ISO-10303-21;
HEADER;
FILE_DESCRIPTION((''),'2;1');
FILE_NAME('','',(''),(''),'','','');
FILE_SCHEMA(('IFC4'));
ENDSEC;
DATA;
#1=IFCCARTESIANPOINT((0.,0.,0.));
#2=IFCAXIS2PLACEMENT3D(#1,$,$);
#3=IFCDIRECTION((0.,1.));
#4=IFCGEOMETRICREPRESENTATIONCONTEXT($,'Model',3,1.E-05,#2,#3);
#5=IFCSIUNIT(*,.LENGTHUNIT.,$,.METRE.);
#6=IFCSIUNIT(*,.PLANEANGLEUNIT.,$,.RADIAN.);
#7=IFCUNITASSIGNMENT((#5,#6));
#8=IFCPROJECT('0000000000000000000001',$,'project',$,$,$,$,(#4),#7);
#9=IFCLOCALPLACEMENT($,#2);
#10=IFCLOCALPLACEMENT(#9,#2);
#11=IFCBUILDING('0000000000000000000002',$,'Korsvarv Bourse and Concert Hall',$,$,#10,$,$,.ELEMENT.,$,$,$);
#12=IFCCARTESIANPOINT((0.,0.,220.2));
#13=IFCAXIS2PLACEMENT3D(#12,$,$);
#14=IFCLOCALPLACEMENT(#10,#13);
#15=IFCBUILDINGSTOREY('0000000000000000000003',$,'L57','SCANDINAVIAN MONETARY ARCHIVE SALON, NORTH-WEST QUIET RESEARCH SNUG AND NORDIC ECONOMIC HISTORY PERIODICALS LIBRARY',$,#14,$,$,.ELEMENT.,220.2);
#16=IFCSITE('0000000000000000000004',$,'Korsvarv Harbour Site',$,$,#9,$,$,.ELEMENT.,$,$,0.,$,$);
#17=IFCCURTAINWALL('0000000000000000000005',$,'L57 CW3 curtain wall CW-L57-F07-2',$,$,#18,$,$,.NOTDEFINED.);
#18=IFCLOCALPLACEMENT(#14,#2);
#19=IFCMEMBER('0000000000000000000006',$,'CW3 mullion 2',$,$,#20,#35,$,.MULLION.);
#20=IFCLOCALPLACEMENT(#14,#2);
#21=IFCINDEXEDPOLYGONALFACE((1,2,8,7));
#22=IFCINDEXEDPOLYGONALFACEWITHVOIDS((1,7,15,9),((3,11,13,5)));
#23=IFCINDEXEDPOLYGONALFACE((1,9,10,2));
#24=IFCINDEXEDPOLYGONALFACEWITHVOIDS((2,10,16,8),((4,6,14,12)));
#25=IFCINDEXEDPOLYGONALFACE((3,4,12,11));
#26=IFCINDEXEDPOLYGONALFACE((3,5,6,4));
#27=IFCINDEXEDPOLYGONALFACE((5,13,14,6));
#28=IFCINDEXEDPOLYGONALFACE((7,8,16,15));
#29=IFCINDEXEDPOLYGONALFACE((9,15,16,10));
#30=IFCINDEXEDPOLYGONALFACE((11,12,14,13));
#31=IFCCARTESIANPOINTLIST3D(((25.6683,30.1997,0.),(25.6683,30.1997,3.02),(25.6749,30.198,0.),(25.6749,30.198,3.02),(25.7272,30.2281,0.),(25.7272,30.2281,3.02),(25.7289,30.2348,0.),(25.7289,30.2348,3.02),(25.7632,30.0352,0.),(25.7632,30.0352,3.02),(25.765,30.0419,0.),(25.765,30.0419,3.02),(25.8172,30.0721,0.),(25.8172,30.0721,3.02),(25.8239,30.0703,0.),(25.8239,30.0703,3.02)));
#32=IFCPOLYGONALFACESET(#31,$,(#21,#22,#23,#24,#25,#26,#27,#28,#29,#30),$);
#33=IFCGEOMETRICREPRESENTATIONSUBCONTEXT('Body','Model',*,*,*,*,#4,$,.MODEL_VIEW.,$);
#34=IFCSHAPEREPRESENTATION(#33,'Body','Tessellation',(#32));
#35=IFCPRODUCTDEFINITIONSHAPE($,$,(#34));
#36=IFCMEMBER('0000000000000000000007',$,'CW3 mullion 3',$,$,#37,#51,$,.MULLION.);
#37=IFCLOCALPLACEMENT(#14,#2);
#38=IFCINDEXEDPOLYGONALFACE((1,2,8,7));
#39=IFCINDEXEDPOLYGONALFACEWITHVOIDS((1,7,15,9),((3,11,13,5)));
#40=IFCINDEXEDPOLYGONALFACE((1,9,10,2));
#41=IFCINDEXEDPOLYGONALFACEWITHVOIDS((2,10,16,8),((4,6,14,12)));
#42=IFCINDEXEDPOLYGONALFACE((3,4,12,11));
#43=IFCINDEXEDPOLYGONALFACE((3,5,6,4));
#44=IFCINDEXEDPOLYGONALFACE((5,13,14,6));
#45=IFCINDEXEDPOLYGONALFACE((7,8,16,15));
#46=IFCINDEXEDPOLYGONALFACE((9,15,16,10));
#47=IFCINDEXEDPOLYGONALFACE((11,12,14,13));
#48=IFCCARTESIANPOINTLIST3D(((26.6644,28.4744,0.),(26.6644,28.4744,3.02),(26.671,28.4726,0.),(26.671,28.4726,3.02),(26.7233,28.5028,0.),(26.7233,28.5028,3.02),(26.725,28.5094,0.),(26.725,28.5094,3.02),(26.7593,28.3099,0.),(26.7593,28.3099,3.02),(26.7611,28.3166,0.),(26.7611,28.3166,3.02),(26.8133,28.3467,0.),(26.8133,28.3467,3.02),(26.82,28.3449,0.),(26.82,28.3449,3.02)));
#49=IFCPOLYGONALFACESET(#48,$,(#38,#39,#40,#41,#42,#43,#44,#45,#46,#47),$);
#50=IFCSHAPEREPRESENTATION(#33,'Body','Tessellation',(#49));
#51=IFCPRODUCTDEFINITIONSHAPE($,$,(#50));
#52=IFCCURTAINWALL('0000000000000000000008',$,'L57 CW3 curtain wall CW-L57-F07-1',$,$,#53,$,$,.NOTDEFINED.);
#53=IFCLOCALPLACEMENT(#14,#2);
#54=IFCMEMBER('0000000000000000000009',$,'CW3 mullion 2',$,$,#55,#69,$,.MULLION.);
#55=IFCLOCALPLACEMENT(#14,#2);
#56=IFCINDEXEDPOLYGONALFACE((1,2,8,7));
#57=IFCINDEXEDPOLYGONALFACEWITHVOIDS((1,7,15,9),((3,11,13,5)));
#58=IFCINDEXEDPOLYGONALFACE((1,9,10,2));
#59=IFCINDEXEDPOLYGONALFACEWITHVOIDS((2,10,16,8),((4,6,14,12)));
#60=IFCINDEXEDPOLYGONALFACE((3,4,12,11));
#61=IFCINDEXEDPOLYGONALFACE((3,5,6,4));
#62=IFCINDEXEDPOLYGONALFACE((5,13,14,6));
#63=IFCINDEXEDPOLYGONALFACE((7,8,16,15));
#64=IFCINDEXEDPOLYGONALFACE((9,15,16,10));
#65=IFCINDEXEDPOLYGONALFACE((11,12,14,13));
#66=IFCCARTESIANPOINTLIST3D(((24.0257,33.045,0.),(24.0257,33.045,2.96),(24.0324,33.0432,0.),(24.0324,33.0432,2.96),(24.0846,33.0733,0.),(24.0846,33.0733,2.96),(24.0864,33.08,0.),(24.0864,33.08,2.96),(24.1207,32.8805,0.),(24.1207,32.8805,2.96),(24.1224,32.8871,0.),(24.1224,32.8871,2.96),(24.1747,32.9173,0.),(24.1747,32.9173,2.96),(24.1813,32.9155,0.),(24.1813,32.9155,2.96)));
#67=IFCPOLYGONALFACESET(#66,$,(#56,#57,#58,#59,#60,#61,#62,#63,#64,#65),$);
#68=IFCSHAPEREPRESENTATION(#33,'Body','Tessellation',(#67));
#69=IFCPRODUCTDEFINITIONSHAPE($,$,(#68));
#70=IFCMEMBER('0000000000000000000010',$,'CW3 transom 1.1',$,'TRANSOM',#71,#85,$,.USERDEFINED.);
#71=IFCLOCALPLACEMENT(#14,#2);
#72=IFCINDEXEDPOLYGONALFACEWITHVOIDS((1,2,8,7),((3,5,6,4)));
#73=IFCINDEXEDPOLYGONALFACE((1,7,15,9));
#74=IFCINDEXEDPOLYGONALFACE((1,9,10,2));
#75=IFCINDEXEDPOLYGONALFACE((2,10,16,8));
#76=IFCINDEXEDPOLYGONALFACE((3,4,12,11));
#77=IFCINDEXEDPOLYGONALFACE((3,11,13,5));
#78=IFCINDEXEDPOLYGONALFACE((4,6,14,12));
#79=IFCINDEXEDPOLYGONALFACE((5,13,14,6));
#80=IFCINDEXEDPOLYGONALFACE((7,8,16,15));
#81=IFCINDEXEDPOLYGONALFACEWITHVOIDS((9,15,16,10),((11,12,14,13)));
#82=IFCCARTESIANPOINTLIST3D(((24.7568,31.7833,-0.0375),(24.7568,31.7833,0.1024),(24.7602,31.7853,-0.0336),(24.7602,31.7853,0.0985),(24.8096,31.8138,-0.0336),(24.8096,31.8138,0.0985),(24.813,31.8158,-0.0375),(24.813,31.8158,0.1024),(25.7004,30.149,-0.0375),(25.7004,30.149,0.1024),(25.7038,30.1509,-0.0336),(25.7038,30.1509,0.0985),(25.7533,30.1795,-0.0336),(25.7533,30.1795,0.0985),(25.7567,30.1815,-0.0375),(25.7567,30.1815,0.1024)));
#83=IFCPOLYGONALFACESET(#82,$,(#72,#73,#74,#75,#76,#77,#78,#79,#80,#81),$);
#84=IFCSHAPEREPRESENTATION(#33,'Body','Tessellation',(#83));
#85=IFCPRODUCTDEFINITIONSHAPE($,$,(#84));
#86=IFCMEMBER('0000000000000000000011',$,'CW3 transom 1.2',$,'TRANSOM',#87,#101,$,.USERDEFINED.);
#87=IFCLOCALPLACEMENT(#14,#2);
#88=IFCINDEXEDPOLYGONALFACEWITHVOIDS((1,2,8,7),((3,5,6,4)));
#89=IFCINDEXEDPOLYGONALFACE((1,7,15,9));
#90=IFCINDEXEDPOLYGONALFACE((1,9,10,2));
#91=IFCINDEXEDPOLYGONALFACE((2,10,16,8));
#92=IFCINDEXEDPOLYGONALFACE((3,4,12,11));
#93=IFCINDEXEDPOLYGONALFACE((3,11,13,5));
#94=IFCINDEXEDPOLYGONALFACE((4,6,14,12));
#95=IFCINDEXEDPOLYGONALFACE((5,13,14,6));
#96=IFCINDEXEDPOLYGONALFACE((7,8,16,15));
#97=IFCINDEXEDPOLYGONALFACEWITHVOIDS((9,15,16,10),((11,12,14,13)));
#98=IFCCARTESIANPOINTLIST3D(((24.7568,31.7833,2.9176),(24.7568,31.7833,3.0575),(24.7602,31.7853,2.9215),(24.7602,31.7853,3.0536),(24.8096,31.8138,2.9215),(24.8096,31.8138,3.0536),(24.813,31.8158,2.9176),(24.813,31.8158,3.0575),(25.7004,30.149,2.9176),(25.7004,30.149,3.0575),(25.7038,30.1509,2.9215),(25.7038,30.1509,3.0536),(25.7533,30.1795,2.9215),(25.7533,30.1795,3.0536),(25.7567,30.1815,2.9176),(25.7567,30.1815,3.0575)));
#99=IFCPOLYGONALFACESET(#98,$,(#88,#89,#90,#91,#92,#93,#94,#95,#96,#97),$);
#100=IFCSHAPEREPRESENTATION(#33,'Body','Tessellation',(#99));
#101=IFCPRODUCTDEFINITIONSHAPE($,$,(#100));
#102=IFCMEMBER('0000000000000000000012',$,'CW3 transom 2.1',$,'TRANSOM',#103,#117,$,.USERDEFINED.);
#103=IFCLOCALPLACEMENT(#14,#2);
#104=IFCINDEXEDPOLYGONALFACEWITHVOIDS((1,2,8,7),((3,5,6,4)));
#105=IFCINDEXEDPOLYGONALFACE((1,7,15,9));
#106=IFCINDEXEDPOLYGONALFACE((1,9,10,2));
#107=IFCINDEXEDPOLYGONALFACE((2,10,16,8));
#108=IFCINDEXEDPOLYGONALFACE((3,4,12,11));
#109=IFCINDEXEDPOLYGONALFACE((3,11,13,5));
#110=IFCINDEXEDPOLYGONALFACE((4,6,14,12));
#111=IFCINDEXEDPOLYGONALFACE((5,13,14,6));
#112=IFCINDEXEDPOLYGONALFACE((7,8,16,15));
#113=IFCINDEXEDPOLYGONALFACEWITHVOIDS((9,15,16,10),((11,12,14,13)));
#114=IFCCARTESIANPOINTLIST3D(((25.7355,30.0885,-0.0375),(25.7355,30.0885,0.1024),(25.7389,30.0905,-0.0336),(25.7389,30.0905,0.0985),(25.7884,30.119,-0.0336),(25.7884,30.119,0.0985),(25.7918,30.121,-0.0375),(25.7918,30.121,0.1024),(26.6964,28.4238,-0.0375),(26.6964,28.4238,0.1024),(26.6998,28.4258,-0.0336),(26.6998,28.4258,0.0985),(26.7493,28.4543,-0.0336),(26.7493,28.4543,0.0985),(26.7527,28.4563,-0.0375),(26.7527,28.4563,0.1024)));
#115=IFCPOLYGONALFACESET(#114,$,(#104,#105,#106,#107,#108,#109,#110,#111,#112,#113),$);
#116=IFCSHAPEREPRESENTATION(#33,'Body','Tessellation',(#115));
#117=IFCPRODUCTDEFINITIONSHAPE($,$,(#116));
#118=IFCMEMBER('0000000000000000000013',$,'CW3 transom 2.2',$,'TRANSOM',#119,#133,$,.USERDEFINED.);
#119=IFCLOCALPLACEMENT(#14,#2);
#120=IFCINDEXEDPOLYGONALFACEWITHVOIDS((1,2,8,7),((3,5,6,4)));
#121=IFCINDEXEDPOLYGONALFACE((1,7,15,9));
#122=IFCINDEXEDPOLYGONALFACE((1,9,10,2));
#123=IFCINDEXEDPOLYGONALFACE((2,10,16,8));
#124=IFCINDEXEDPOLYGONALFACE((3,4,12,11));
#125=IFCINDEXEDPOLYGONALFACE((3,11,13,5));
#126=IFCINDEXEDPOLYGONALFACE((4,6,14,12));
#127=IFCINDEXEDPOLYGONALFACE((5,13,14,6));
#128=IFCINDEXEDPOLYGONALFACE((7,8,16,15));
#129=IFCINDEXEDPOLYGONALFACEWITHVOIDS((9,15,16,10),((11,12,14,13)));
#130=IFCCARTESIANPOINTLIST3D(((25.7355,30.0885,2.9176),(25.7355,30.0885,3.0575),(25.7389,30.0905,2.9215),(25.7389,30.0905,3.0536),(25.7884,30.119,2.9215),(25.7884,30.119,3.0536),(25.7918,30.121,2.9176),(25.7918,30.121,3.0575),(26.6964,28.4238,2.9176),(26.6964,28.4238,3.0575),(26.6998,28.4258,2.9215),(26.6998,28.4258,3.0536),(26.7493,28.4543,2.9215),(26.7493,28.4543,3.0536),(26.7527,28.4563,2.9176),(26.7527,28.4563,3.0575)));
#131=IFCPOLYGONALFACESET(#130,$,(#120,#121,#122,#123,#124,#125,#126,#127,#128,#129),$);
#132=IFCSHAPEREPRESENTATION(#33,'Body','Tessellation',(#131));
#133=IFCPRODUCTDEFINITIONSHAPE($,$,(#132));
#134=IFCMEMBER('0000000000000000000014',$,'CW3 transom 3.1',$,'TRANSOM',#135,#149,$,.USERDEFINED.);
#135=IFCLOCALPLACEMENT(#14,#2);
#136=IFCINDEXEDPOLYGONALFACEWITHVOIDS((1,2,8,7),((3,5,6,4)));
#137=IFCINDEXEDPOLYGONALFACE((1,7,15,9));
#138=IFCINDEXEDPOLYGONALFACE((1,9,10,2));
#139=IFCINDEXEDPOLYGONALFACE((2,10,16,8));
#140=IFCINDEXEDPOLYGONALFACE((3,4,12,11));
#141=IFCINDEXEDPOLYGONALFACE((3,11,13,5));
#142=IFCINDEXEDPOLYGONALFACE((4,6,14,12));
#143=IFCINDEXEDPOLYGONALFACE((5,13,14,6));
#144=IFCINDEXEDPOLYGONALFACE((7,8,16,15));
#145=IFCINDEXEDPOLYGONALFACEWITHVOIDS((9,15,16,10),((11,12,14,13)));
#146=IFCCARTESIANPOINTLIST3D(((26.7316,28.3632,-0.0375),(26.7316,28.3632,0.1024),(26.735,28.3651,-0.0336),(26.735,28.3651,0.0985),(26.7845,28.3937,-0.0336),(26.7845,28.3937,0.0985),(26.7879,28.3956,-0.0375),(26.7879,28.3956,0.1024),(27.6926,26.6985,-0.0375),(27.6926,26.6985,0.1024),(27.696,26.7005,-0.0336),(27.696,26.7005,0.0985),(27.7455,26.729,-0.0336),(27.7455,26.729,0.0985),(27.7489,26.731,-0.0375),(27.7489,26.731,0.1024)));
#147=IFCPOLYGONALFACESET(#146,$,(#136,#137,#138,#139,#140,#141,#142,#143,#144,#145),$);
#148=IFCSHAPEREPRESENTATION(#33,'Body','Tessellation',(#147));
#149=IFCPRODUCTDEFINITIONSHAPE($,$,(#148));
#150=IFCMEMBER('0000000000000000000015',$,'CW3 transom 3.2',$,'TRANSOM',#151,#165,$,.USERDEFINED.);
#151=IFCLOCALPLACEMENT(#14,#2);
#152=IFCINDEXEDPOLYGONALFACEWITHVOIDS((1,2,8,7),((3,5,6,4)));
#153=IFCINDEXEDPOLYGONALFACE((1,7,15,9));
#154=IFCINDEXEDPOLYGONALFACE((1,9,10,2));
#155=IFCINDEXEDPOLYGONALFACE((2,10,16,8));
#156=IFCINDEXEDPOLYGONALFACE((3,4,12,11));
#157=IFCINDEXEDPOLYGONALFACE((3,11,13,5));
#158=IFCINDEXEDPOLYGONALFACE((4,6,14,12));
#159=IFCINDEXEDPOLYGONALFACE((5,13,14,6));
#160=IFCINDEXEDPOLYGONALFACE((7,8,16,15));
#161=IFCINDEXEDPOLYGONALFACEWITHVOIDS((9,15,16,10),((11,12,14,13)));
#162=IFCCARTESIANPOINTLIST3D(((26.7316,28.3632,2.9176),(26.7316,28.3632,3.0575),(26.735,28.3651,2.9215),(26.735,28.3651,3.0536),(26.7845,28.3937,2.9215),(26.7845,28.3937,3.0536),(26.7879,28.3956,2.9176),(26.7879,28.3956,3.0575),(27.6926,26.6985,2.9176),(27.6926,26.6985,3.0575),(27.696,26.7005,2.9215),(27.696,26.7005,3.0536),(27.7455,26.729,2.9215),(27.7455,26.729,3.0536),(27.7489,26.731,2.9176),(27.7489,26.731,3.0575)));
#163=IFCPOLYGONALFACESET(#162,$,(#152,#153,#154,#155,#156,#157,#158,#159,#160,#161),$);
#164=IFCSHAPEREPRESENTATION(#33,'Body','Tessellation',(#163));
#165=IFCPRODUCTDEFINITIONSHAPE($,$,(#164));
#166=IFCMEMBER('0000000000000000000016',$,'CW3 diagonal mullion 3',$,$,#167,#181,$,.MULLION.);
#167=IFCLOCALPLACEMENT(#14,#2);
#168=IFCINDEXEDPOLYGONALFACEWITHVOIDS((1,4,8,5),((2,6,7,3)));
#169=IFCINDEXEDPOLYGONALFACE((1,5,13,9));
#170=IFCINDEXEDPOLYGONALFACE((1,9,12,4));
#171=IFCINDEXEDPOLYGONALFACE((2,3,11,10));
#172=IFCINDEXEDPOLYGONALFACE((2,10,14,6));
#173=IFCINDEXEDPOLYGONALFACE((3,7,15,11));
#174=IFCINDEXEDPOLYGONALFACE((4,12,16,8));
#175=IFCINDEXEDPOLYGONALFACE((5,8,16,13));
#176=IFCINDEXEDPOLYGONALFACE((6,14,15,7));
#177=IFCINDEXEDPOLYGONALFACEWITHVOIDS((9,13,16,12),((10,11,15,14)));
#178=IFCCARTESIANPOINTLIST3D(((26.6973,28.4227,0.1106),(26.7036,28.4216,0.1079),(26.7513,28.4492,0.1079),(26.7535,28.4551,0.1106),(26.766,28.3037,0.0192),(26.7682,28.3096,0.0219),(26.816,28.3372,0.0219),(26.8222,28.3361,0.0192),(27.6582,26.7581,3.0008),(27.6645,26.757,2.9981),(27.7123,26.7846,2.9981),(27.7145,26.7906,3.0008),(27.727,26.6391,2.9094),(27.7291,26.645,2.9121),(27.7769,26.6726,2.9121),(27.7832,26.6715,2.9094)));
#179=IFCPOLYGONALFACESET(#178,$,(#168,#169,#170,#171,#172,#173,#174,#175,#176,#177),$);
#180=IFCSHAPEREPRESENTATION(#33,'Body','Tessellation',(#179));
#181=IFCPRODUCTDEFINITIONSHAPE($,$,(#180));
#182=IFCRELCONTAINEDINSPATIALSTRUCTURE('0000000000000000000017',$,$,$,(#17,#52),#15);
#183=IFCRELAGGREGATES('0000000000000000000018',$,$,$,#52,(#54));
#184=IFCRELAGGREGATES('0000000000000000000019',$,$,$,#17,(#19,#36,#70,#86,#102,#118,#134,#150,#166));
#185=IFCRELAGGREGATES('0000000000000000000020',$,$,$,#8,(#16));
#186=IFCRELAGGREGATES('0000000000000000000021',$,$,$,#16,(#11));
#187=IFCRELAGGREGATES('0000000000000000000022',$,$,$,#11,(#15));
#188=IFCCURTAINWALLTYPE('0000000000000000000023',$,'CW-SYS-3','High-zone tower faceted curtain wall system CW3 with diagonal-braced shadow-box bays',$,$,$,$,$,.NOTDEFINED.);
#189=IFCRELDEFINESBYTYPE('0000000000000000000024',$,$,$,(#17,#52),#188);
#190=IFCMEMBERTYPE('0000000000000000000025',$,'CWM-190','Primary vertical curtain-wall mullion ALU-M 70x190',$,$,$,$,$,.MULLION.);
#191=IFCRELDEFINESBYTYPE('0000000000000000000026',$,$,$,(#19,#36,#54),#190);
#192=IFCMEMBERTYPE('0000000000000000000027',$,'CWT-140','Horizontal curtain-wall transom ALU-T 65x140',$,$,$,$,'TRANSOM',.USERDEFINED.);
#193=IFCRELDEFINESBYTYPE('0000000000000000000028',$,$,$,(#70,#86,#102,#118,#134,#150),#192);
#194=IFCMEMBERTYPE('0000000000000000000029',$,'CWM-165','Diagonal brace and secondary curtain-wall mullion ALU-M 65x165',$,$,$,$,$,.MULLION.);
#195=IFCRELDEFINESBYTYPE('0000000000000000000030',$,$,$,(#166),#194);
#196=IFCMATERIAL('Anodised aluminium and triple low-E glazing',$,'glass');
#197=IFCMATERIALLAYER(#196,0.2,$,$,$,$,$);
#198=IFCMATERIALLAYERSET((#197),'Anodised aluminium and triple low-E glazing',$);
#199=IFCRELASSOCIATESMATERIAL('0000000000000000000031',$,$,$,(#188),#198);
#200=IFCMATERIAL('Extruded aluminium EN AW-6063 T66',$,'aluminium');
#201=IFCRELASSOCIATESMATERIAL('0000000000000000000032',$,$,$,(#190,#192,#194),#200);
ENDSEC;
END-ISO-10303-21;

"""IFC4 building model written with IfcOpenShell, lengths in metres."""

from ifc_helpers import new_model, si_unit, direction, frame, origin, origin_2d, place, context, subcontext, project, spatial, hollow_rectangle, extrude, source, transform, mapped, material, layer, layer_set, material_profile, profile_set, type_object, element, aggregate, save


model = new_model("IFC4")

# Units and contexts
model_context = context("Model", 3, precision=1e-05, world=origin(), true_north=direction((0.0, 1.0)))
body_context = subcontext(model_context, "Body", "Model", "MODEL_VIEW")
ifc_project = project(units=[si_unit("LENGTHUNIT", "METRE"), si_unit("PLANEANGLEUNIT", "RADIAN")], contexts=[model_context])

# Site, building, storey
site_placement = place(None, origin())
site = spatial("IfcSite", under=ifc_project, at=site_placement, Name="Korsvarv Harbour Site", CompositionType="ELEMENT", RefElevation=0.0)
building_placement = place(site_placement, origin())
building = spatial("IfcBuilding", under=site, at=building_placement, Name="Korsvarv Bourse and Concert Hall", CompositionType="ELEMENT")
storey_placement = place(building_placement, frame((0.0, 0.0, 220.2)))
storey = spatial("IfcBuildingStorey", under=building, at=storey_placement, Name="L57", Description="SCANDINAVIAN MONETARY ARCHIVE SALON, NORTH-WEST QUIET RESEARCH SNUG AND NORDIC ECONOMIC HISTORY PERIODICALS LIBRARY", CompositionType="ELEMENT", Elevation=220.2)

# Curtain wall, members
ifc_material_1 = material(Name="Anodised aluminium and triple low-E glazing", Category="glass")
ifc_layer_1 = layer(ifc_material_1, 0.2)
ifc_layer_set_1 = layer_set([ifc_layer_1], Name="Anodised aluminium and triple low-E glazing")
curtain_wall_type = type_object("IfcCurtainWallType", Name="CW-SYS-3", Description="High-zone tower faceted curtain wall system CW3 with diagonal-braced shadow-box bays", PredefinedType="NOTDEFINED", material=ifc_layer_set_1)
curtain_wall_1_placement = place(storey_placement, origin())
curtain_wall_1 = element("IfcCurtainWall", 1, at=curtain_wall_1_placement, inside=storey, type_object=curtain_wall_type, Name="L57 CW3 curtain wall CW-L57-F07-2", PredefinedType="NOTDEFINED")
ifc_material_2 = material(Name="Extruded aluminium EN AW-6063 T66", Category="aluminium")
ifc_material_profile_1 = material_profile(ifc_material_2, hollow_rectangle(XDim=0.0701, YDim=0.1899, WallThickness=0.0049, at=origin_2d()), Name="ALU-M 70x190")
ifc_profile_set_1 = profile_set([ifc_material_profile_1], Name="Extruded aluminium EN AW-6063 T66")
member_type_1 = type_object("IfcMemberType", Name="CWM-190", Description="Primary vertical curtain-wall mullion ALU-M 70x190", PredefinedType="MULLION", material=ifc_profile_set_1)
shared_shape_1 = source(origin(), body_context, "Body", "SweptSolid", [
    extrude(hollow_rectangle(XDim=0.0701, YDim=0.1899, WallThickness=0.0049, at=origin_2d()), origin(), (0.0, 0.0, 1.0), 3.02),
])
member_1_placement = place(storey_placement, frame((25.7461, 30.135, 0.0), z_axis=(0.0, 0.0, 1.0), x_axis=(0.866028, 0.499996, 0.0)))
member_1 = element("IfcMember", 2, at=member_1_placement, type_object=member_type_1, Name="CW3 mullion 2", PredefinedType="MULLION", context=body_context, shape_type="MappedRepresentation", body=[
    mapped(shared_shape_1, transform((0.0, 0.0, 0.0), scale=1.0)),
])
member_2_placement = place(storey_placement, frame((26.7422, 28.4097, 0.0), z_axis=(0.0, 0.0, 1.0), x_axis=(0.866028, 0.499996, 0.0)))
member_2 = element("IfcMember", 3, at=member_2_placement, type_object=member_type_1, Name="CW3 mullion 3", PredefinedType="MULLION", context=body_context, shape_type="MappedRepresentation", body=[
    mapped(shared_shape_1, transform((0.0, 0.0, 0.0), scale=1.0)),
])

# Curtain wall, member
curtain_wall_2_placement = place(storey_placement, origin())
curtain_wall_2 = element("IfcCurtainWall", 4, at=curtain_wall_2_placement, inside=storey, type_object=curtain_wall_type, Name="L57 CW3 curtain wall CW-L57-F07-1", PredefinedType="NOTDEFINED")
shared_shape_2 = source(origin(), body_context, "Body", "SweptSolid", [
    extrude(hollow_rectangle(XDim=0.0701, YDim=0.1899, WallThickness=0.0049, at=origin_2d()), origin(), (0.0, 0.0, 1.0), 2.96),
])
member_3_placement = place(storey_placement, frame((24.1035, 32.9802, 0.0), z_axis=(0.0, 0.0, 1.0), x_axis=(0.866052, 0.499954, 0.0)))
member_3 = element("IfcMember", 5, at=member_3_placement, type_object=member_type_1, Name="CW3 mullion 2", PredefinedType="MULLION", context=body_context, shape_type="MappedRepresentation", body=[
    mapped(shared_shape_2, transform((0.0, 0.0, 0.0), scale=1.0)),
])
aggregate(curtain_wall_2, [member_3])

# Members
ifc_material_profile_2 = material_profile(ifc_material_2, hollow_rectangle(XDim=0.0649, YDim=0.1399, WallThickness=0.0039, at=origin_2d()), Name="ALU-T 65x140")
ifc_profile_set_2 = profile_set([ifc_material_profile_2], Name="Extruded aluminium EN AW-6063 T66")
member_type_2 = type_object("IfcMemberType", Name="CWT-140", Description="Horizontal curtain-wall transom ALU-T 65x140", ElementType="TRANSOM", PredefinedType="USERDEFINED", material=ifc_profile_set_2)
shared_shape_3 = source(origin(), body_context, "Body", "SweptSolid", [
    extrude(hollow_rectangle(XDim=0.0649, YDim=0.1399, WallThickness=0.0039, at=origin_2d()), origin(), (0.0, 0.0, 1.0), 1.8872),
])
member_4_placement = place(storey_placement, frame((24.7849, 31.7996, 0.0325), z_axis=(0.500021, -0.866013, 0.0), x_axis=(0.866013, 0.500021, 0.0)))
member_4 = element("IfcMember", 6, at=member_4_placement, type_object=member_type_2, Name="CW3 transom 1.1", ObjectType="TRANSOM", PredefinedType="USERDEFINED", context=body_context, shape_type="MappedRepresentation", body=[
    mapped(shared_shape_3, transform((0.0, 0.0, 0.0), scale=1.0)),
])
member_5_placement = place(storey_placement, frame((24.7849, 31.7996, 2.9875), z_axis=(0.500021, -0.866013, 0.0), x_axis=(0.866013, 0.500021, 0.0)))
member_5 = element("IfcMember", 7, at=member_5_placement, type_object=member_type_2, Name="CW3 transom 1.2", ObjectType="TRANSOM", PredefinedType="USERDEFINED", context=body_context, shape_type="MappedRepresentation", body=[
    mapped(shared_shape_3, transform((0.0, 0.0, 0.0), scale=1.0)),
])
shared_shape_4 = source(origin(), body_context, "Body", "SweptSolid", [
    extrude(hollow_rectangle(XDim=0.0649, YDim=0.1399, WallThickness=0.0039, at=origin_2d()), origin(), (0.0, 0.0, 1.0), 1.9221),
])
member_6_placement = place(storey_placement, frame((25.7637, 30.1047, 0.0325), z_axis=(0.499909, -0.866078, 0.0), x_axis=(0.866078, 0.499909, 0.0)))
member_6 = element("IfcMember", 8, at=member_6_placement, type_object=member_type_2, Name="CW3 transom 2.1", ObjectType="TRANSOM", PredefinedType="USERDEFINED", context=body_context, shape_type="MappedRepresentation", body=[
    mapped(shared_shape_4, transform((0.0, 0.0, 0.0), scale=1.0)),
])
member_7_placement = place(storey_placement, frame((25.7637, 30.1047, 2.9875), z_axis=(0.499909, -0.866078, 0.0), x_axis=(0.866078, 0.499909, 0.0)))
member_7 = element("IfcMember", 9, at=member_7_placement, type_object=member_type_2, Name="CW3 transom 2.2", ObjectType="TRANSOM", PredefinedType="USERDEFINED", context=body_context, shape_type="MappedRepresentation", body=[
    mapped(shared_shape_4, transform((0.0, 0.0, 0.0), scale=1.0)),
])
member_8_placement = place(storey_placement, frame((26.7598, 28.3794, 0.0325), z_axis=(0.499964, -0.866046, 0.0), x_axis=(0.866046, 0.499964, 0.0)))
member_8 = element("IfcMember", 10, at=member_8_placement, type_object=member_type_2, Name="CW3 transom 3.1", ObjectType="TRANSOM", PredefinedType="USERDEFINED", context=body_context, shape_type="MappedRepresentation", body=[
    mapped(shared_shape_4, transform((0.0, 0.0, 0.0), scale=1.0)),
])
member_9_placement = place(storey_placement, frame((26.7598, 28.3794, 2.9875), z_axis=(0.499964, -0.866046, 0.0), x_axis=(0.866046, 0.499964, 0.0)))
member_9 = element("IfcMember", 11, at=member_9_placement, type_object=member_type_2, Name="CW3 transom 3.2", ObjectType="TRANSOM", PredefinedType="USERDEFINED", context=body_context, shape_type="MappedRepresentation", body=[
    mapped(shared_shape_4, transform((0.0, 0.0, 0.0), scale=1.0)),
])
ifc_material_profile_3 = material_profile(ifc_material_2, hollow_rectangle(XDim=0.0649, YDim=0.165, WallThickness=0.0049, at=origin_2d()), Name="ALU-M 65x165")
ifc_profile_set_3 = profile_set([ifc_material_profile_3], Name="Extruded aluminium EN AW-6063 T66")
member_type_3 = type_object("IfcMemberType", Name="CWM-165", Description="Diagonal brace and secondary curtain-wall mullion ALU-M 65x165", PredefinedType="MULLION", material=ifc_profile_set_3)
shared_shape_5 = source(origin(), body_context, "Body", "SweptSolid", [
    extrude(hollow_rectangle(XDim=0.0649, YDim=0.165, WallThickness=0.0049, at=origin_2d()), origin(), (0.0, 0.0, 1.0), 3.4709),
])
member_10_placement = place(storey_placement, frame((26.7598, 28.3794, 0.0649), z_axis=(0.276857, -0.479576, 0.832681), x_axis=(0.866046, 0.499964, 0.0)))
member_10 = element("IfcMember", 12, at=member_10_placement, type_object=member_type_3, Name="CW3 diagonal mullion 3", PredefinedType="MULLION", context=body_context, shape_type="MappedRepresentation", body=[
    mapped(shared_shape_5, transform((0.0, 0.0, 0.0), scale=1.0)),
])

aggregate(curtain_wall_1, [member_1, member_2, member_4, member_5, member_6, member_7, member_8, member_9, member_10])

save(model, "model.ifc")
